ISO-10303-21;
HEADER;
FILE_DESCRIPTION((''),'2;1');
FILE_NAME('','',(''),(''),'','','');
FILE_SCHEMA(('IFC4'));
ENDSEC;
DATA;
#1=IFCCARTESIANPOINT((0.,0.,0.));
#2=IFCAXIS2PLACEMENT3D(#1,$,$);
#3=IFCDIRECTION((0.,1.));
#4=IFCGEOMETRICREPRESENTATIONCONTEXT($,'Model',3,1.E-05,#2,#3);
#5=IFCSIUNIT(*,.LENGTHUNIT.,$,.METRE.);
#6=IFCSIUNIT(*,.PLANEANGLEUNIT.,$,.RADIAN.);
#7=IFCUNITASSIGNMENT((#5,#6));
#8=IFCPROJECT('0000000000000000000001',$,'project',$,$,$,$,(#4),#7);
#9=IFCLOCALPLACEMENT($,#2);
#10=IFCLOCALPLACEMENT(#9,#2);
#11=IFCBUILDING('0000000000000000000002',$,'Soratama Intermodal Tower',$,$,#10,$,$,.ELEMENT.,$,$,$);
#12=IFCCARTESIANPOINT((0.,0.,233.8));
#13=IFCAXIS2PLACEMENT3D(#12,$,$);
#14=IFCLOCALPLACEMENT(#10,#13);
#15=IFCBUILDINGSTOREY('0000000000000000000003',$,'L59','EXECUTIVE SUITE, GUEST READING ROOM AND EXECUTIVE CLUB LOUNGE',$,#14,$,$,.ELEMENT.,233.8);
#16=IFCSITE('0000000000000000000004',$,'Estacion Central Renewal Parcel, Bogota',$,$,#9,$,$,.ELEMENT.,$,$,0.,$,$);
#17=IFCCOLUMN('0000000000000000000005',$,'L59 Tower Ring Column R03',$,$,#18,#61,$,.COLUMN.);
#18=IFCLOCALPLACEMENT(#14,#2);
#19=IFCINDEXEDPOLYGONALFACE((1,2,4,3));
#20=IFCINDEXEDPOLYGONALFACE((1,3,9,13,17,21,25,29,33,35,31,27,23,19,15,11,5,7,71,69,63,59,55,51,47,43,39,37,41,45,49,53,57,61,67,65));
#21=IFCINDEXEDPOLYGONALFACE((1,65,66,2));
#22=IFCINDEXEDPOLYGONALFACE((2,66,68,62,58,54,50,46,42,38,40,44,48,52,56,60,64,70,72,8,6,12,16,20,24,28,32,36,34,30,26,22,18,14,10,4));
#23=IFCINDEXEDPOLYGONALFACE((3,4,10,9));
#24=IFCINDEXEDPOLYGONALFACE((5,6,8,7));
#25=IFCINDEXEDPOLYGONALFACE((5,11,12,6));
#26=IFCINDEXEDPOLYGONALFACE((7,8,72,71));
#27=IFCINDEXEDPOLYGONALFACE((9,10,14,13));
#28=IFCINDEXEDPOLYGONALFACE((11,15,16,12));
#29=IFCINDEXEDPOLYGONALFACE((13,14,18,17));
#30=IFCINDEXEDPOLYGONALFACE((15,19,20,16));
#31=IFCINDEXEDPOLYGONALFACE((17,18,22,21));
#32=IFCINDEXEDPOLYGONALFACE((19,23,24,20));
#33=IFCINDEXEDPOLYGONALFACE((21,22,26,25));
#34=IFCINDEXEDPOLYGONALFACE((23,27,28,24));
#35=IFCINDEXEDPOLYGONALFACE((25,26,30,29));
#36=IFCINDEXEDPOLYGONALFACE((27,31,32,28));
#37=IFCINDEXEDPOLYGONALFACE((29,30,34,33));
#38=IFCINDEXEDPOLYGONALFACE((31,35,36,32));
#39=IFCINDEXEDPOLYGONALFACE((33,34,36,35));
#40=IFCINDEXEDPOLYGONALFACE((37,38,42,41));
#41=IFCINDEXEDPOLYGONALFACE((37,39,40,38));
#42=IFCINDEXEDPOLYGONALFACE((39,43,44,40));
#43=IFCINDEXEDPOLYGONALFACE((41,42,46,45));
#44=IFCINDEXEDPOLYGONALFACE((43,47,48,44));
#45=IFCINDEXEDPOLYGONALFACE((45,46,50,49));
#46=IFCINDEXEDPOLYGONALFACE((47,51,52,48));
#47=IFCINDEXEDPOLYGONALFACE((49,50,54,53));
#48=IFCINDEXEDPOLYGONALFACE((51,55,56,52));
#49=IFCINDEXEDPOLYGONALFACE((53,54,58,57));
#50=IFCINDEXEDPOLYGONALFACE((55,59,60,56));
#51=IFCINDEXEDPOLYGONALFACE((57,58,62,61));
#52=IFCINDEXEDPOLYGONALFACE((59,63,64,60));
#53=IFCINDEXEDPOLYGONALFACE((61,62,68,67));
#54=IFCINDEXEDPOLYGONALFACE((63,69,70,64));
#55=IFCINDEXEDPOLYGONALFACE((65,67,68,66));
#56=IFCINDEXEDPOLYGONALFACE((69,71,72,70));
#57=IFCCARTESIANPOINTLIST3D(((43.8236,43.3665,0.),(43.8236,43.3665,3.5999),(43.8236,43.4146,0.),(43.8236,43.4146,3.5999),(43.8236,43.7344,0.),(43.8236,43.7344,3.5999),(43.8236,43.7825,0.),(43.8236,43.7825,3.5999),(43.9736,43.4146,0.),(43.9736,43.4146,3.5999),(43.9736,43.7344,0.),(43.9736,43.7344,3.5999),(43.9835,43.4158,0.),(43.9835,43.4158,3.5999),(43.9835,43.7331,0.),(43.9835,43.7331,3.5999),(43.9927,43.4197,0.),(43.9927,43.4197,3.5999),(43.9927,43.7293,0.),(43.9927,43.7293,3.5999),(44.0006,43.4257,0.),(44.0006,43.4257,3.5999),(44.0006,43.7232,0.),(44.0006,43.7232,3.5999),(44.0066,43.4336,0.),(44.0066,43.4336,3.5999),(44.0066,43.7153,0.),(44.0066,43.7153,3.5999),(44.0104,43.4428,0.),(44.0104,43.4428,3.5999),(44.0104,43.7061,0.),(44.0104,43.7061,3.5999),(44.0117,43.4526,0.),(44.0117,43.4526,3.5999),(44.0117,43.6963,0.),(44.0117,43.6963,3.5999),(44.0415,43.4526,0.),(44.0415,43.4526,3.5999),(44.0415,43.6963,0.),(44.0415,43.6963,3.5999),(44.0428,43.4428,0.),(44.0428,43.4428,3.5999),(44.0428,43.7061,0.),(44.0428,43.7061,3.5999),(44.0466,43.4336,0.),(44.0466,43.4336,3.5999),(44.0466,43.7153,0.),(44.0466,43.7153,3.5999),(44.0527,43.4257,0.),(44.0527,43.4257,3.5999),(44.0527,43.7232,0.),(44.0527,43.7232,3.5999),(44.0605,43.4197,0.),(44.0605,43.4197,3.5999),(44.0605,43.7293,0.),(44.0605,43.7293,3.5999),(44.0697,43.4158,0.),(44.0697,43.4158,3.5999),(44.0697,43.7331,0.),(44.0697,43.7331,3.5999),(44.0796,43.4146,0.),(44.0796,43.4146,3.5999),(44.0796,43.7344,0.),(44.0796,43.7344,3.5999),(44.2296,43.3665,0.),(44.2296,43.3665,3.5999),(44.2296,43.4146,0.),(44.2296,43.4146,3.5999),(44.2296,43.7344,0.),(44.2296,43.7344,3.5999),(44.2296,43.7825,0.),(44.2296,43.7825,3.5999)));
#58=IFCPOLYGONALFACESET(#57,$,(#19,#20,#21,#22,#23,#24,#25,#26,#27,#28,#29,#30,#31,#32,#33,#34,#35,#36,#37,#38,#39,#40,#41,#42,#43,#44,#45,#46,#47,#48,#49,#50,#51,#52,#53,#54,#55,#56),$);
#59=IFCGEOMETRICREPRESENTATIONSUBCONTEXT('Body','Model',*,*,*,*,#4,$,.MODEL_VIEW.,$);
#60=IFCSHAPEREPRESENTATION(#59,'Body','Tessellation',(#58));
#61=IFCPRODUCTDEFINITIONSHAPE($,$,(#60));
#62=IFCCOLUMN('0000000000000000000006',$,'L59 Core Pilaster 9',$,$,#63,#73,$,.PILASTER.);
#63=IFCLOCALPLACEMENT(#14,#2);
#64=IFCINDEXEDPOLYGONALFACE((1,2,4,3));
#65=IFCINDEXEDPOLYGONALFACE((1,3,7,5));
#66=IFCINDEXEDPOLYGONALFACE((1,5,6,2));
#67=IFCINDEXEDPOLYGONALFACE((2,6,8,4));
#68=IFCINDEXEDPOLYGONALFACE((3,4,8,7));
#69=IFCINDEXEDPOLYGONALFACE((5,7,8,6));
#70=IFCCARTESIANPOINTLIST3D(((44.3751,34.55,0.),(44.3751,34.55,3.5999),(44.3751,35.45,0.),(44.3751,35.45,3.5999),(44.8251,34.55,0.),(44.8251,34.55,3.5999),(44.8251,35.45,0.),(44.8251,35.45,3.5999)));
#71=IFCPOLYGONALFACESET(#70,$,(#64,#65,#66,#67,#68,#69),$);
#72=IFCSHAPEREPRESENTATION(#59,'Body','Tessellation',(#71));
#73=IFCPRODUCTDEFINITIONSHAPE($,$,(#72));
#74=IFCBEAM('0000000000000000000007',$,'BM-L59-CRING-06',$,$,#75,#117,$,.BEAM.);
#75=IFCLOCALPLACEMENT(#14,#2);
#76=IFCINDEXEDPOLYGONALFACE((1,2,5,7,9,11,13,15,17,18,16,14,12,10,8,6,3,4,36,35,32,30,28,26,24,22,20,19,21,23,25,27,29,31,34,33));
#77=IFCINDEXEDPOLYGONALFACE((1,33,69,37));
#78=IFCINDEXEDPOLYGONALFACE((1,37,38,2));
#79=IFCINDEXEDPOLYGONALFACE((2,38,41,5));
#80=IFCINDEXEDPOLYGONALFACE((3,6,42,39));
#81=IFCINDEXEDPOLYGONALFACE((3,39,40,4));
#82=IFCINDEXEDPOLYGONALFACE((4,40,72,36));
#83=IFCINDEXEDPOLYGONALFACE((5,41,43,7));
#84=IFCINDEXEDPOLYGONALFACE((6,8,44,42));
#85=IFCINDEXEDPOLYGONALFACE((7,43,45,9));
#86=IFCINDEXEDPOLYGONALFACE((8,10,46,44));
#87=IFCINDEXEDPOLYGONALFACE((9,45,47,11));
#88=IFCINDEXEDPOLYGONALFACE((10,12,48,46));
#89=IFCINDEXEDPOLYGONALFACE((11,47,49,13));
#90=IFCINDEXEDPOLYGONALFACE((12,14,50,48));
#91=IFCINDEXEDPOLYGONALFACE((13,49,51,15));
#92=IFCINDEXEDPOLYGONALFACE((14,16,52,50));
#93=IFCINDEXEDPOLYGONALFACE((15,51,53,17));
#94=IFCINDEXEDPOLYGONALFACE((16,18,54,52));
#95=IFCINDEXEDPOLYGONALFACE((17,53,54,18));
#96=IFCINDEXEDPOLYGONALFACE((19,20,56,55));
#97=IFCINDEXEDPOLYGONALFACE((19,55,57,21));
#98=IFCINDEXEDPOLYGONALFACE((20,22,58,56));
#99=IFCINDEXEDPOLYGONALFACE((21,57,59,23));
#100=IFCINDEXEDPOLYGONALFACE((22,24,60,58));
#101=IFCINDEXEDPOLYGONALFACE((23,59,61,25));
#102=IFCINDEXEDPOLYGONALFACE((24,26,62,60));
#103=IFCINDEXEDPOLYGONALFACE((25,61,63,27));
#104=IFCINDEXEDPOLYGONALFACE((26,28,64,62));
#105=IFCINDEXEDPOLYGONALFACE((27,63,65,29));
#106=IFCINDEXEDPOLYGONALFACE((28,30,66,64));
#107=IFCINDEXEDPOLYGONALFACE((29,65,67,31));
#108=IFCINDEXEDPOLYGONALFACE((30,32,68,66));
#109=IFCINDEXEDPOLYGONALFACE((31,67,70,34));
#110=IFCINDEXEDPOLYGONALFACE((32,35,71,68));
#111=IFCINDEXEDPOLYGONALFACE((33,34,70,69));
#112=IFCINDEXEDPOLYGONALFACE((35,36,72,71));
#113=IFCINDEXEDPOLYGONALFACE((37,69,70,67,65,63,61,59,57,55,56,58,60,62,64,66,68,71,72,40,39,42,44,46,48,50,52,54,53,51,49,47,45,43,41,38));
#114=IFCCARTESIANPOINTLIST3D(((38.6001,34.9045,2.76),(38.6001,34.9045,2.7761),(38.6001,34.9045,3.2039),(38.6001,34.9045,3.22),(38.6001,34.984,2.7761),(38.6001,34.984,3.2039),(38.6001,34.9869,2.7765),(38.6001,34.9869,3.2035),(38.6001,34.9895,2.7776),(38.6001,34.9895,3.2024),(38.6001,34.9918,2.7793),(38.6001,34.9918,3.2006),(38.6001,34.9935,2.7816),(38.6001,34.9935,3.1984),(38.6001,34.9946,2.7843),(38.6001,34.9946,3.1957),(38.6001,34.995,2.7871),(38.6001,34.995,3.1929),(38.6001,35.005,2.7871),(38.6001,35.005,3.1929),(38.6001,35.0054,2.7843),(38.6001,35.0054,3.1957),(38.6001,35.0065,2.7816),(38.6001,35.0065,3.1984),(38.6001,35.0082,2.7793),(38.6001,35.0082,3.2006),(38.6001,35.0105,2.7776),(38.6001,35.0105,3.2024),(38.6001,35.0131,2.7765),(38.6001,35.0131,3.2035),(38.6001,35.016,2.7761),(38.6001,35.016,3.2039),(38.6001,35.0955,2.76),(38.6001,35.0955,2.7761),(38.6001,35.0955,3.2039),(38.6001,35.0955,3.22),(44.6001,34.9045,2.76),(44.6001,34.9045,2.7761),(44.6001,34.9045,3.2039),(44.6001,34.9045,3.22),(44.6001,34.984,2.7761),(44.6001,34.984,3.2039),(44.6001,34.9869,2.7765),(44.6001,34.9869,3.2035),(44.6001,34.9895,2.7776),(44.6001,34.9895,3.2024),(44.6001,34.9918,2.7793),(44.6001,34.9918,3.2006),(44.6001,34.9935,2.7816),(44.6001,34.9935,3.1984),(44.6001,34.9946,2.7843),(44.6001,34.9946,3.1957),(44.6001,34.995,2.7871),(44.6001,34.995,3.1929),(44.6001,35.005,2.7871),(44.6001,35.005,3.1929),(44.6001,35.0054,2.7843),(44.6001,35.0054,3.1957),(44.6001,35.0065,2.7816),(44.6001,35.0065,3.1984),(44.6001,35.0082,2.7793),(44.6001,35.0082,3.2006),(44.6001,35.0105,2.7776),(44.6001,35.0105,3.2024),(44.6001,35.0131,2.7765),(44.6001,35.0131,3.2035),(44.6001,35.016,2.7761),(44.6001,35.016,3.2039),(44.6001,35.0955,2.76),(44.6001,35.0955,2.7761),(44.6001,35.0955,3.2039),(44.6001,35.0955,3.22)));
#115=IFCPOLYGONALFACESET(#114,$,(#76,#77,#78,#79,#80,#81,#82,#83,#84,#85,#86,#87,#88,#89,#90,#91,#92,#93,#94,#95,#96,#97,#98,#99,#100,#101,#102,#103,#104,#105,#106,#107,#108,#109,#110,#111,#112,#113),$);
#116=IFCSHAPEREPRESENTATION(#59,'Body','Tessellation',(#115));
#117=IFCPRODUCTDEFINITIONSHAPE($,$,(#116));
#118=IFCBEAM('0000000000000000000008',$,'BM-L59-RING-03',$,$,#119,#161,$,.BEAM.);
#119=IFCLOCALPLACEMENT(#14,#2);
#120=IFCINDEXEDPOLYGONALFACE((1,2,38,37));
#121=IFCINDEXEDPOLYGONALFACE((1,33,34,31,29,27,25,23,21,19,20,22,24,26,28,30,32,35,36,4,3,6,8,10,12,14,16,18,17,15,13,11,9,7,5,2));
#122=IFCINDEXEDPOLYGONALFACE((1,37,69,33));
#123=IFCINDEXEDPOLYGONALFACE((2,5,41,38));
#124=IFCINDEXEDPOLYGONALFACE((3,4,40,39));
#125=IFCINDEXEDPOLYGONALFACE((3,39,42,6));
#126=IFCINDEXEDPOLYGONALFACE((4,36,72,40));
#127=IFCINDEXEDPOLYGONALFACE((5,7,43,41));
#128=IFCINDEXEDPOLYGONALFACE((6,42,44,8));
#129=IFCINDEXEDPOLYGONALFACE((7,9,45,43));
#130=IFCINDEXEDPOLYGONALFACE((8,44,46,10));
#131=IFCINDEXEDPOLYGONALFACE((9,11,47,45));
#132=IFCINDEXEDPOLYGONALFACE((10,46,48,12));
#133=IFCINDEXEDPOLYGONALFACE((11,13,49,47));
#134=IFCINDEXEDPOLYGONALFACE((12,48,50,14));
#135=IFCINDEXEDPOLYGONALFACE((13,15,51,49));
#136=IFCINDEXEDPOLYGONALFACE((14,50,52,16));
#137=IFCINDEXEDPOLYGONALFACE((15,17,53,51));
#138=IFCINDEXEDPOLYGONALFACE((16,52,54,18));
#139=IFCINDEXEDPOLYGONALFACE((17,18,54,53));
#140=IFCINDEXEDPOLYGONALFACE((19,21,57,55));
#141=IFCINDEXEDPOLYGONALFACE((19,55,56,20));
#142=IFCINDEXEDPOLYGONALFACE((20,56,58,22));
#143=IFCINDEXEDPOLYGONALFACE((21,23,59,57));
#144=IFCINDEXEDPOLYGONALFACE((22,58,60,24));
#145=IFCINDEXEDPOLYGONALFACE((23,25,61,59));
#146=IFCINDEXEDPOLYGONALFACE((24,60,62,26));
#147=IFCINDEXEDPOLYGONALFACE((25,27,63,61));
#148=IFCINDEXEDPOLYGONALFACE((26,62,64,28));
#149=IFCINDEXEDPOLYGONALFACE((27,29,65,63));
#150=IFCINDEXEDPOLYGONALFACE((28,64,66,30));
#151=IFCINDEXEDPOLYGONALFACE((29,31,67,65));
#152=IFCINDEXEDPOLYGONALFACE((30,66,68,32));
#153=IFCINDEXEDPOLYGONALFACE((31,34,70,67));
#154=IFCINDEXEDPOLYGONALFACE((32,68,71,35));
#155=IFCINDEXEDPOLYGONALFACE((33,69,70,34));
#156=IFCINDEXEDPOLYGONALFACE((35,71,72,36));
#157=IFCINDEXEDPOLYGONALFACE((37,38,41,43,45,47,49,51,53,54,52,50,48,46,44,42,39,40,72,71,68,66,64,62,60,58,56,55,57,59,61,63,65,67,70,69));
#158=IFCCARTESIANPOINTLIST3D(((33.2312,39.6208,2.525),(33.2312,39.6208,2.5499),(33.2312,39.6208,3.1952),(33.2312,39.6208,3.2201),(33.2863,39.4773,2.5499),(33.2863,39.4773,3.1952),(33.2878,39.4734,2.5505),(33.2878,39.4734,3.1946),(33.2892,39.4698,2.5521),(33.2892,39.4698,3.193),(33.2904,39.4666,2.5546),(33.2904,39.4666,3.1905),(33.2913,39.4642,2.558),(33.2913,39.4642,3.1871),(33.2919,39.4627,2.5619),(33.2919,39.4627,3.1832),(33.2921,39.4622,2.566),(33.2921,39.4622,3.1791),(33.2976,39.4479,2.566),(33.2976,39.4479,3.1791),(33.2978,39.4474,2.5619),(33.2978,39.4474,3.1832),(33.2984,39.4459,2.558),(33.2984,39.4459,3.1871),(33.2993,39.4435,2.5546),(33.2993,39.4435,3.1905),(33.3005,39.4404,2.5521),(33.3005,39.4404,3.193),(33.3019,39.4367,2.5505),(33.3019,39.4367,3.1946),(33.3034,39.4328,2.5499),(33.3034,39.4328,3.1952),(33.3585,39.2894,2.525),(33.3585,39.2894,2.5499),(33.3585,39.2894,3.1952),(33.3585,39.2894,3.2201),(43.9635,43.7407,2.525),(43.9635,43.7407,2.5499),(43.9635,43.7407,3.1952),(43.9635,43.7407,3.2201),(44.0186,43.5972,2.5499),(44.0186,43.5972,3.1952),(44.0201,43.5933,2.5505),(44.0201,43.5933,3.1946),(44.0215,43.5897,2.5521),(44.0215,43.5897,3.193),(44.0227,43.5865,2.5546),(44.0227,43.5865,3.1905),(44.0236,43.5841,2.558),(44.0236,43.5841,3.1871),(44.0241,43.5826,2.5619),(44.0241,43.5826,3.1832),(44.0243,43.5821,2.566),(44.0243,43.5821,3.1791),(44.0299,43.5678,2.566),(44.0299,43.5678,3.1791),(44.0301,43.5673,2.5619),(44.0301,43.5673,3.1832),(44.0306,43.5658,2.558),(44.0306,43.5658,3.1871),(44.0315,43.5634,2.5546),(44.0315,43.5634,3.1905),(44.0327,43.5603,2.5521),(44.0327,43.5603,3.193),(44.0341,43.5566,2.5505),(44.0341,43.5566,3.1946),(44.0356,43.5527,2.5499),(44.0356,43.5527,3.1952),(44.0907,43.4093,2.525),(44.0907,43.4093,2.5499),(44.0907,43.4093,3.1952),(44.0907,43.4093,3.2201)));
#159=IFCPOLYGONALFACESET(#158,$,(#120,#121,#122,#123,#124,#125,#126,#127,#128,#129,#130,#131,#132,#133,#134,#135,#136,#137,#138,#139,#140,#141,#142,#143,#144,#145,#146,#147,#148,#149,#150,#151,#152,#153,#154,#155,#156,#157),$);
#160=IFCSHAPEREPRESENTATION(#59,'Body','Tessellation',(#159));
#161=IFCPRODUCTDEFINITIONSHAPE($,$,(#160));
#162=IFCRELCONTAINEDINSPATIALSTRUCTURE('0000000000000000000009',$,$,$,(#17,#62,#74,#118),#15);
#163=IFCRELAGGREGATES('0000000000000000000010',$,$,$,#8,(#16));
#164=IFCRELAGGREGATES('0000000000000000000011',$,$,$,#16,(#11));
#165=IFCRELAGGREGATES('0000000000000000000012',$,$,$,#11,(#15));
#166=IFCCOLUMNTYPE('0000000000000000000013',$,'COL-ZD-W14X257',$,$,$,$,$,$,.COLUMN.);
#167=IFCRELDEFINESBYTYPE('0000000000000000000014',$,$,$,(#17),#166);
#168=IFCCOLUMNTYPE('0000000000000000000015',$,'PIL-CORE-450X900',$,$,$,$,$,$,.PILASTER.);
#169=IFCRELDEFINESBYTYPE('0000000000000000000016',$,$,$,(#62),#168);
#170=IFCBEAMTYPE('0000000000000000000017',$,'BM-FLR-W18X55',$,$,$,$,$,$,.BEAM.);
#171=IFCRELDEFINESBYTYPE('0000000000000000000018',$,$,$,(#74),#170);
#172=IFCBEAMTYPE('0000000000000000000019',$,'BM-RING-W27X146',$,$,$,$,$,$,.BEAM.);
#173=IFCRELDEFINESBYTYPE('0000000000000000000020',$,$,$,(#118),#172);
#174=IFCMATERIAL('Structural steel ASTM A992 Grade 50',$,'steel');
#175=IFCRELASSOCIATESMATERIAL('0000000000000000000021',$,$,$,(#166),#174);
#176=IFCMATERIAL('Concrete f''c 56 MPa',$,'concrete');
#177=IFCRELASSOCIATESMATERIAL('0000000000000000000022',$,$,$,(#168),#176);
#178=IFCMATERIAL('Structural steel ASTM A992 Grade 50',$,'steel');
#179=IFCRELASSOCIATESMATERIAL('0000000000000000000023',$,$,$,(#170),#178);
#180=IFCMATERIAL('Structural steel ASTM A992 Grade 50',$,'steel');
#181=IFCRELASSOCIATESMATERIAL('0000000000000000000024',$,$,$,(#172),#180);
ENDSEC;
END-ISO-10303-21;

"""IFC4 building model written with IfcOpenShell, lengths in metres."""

from ifc_helpers import new_model, si_unit, direction, frame, origin, origin_2d, place, context, subcontext, project, spatial, rectangle, i_section, extrude, material, material_profile, profile_set, type_object, element, save


model = new_model("IFC4")

# Units and contexts
model_context = context("Model", 3, precision=1e-05, world=origin(), true_north=direction((0.0, 1.0)))
body_context = subcontext(model_context, "Body", "Model", "MODEL_VIEW")
ifc_project = project(units=[si_unit("LENGTHUNIT", "METRE"), si_unit("PLANEANGLEUNIT", "RADIAN")], contexts=[model_context])

# Site, building, storey
site_placement = place(None, origin())
site = spatial("IfcSite", under=ifc_project, at=site_placement, Name="Estacion Central Renewal Parcel, Bogota", CompositionType="ELEMENT", RefElevation=0.0)
building_placement = place(site_placement, origin())
building = spatial("IfcBuilding", under=site, at=building_placement, Name="Soratama Intermodal Tower", CompositionType="ELEMENT")
storey_placement = place(building_placement, frame((0.0, 0.0, 233.8)))
storey = spatial("IfcBuildingStorey", under=building, at=storey_placement, Name="L59", Description="EXECUTIVE SUITE, GUEST READING ROOM AND EXECUTIVE CLUB LOUNGE", CompositionType="ELEMENT", Elevation=233.8)

# Columns
ifc_material_1 = material(Name="Structural steel ASTM A992 Grade 50", Category="steel")
ifc_material_profile_1 = material_profile(ifc_material_1, i_section(OverallWidth=0.406, OverallDepth=0.416, WebThickness=0.0298, FlangeThickness=0.0481, FilletRadius=0.0381, at=origin_2d()), Name="W14X257")
ifc_profile_set_1 = profile_set([ifc_material_profile_1], Name="Structural steel ASTM A992 Grade 50")
column_type_1 = type_object("IfcColumnType", Name="COL-ZD-W14X257", PredefinedType="COLUMN", material=ifc_profile_set_1)
column_1_placement = place(storey_placement, frame((44.0266, 43.5745, 0.0), z_axis=(0.0, 0.0, 1.0), x_axis=(1.0, 0.0, 0.0)))
element("IfcColumn", 1, at=column_1_placement, inside=storey, type_object=column_type_1, Name="L59 Tower Ring Column R03", PredefinedType="COLUMN", context=body_context, shape_type="SweptSolid", body=[
    extrude(i_section(OverallWidth=0.406, OverallDepth=0.416, WebThickness=0.0298, FlangeThickness=0.0481, FilletRadius=0.0381, at=origin_2d()), origin(), (0.0, 0.0, 1.0), 3.5999),
])
ifc_material_2 = material(Name="Concrete f'c 56 MPa", Category="concrete")
ifc_material_profile_2 = material_profile(ifc_material_2, rectangle(XDim=0.45, YDim=0.8999, at=origin_2d()), Name="RC450X900")
ifc_profile_set_2 = profile_set([ifc_material_profile_2], Name="Concrete f'c 56 MPa")
column_type_2 = type_object("IfcColumnType", Name="PIL-CORE-450X900", PredefinedType="PILASTER", material=ifc_profile_set_2)
column_2_placement = place(storey_placement, frame((44.6001, 35.0, 0.0), z_axis=(0.0, 0.0, 1.0), x_axis=(1.0, 0.0, 0.0)))
element("IfcColumn", 2, at=column_2_placement, inside=storey, type_object=column_type_2, Name="L59 Core Pilaster 9", PredefinedType="PILASTER", context=body_context, shape_type="SweptSolid", body=[
    extrude(rectangle(XDim=0.45, YDim=0.8999, at=origin_2d()), origin(), (0.0, 0.0, 1.0), 3.5999),
])

# Beams
ifc_material_3 = material(Name="Structural steel ASTM A992 Grade 50", Category="steel")
ifc_material_profile_3 = material_profile(ifc_material_3, i_section(OverallWidth=0.1909, OverallDepth=0.46, WebThickness=0.01, FlangeThickness=0.0161, FilletRadius=0.011, at=origin_2d()), Name="W18X55")
ifc_profile_set_3 = profile_set([ifc_material_profile_3], Name="Structural steel ASTM A992 Grade 50")
beam_type_1 = type_object("IfcBeamType", Name="BM-FLR-W18X55", PredefinedType="BEAM", material=ifc_profile_set_3)
beam_1_placement = place(storey_placement, frame((44.6001, 35.0, 2.99), z_axis=(-1.0, 0.0, 0.0), x_axis=(0.0, -1.0, 0.0)))
element("IfcBeam", 3, at=beam_1_placement, inside=storey, type_object=beam_type_1, Name="BM-L59-CRING-06", PredefinedType="BEAM", context=body_context, shape_type="SweptSolid", body=[
    extrude(i_section(OverallWidth=0.1909, OverallDepth=0.46, WebThickness=0.01, FlangeThickness=0.0161, FilletRadius=0.011, at=origin_2d()), origin(), (0.0, 0.0, 1.0), 6.0),
])
ifc_material_4 = material(Name="Structural steel ASTM A992 Grade 50", Category="steel")
ifc_material_profile_4 = material_profile(ifc_material_4, i_section(OverallWidth=0.355, OverallDepth=0.6951, WebThickness=0.0154, FlangeThickness=0.0249, FilletRadius=0.0161, at=origin_2d()), Name="W27X146")
ifc_profile_set_4 = profile_set([ifc_material_profile_4], Name="Structural steel ASTM A992 Grade 50")
beam_type_2 = type_object("IfcBeamType", Name="BM-RING-W27X146", PredefinedType="BEAM", material=ifc_profile_set_4)
beam_2_placement = place(storey_placement, frame((44.0271, 43.575, 2.8726), z_axis=(-0.933575, -0.358381, 0.0), x_axis=(0.358381, -0.933575, 0.0)))
element("IfcBeam", 4, at=beam_2_placement, inside=storey, type_object=beam_type_2, Name="BM-L59-RING-03", PredefinedType="BEAM", context=body_context, shape_type="SweptSolid", body=[
    extrude(i_section(OverallWidth=0.355, OverallDepth=0.6951, WebThickness=0.0154, FlangeThickness=0.0249, FilletRadius=0.0161, at=origin_2d()), origin(), (0.0, 0.0, 1.0), 11.4958),
])

save(model, "model.ifc")
